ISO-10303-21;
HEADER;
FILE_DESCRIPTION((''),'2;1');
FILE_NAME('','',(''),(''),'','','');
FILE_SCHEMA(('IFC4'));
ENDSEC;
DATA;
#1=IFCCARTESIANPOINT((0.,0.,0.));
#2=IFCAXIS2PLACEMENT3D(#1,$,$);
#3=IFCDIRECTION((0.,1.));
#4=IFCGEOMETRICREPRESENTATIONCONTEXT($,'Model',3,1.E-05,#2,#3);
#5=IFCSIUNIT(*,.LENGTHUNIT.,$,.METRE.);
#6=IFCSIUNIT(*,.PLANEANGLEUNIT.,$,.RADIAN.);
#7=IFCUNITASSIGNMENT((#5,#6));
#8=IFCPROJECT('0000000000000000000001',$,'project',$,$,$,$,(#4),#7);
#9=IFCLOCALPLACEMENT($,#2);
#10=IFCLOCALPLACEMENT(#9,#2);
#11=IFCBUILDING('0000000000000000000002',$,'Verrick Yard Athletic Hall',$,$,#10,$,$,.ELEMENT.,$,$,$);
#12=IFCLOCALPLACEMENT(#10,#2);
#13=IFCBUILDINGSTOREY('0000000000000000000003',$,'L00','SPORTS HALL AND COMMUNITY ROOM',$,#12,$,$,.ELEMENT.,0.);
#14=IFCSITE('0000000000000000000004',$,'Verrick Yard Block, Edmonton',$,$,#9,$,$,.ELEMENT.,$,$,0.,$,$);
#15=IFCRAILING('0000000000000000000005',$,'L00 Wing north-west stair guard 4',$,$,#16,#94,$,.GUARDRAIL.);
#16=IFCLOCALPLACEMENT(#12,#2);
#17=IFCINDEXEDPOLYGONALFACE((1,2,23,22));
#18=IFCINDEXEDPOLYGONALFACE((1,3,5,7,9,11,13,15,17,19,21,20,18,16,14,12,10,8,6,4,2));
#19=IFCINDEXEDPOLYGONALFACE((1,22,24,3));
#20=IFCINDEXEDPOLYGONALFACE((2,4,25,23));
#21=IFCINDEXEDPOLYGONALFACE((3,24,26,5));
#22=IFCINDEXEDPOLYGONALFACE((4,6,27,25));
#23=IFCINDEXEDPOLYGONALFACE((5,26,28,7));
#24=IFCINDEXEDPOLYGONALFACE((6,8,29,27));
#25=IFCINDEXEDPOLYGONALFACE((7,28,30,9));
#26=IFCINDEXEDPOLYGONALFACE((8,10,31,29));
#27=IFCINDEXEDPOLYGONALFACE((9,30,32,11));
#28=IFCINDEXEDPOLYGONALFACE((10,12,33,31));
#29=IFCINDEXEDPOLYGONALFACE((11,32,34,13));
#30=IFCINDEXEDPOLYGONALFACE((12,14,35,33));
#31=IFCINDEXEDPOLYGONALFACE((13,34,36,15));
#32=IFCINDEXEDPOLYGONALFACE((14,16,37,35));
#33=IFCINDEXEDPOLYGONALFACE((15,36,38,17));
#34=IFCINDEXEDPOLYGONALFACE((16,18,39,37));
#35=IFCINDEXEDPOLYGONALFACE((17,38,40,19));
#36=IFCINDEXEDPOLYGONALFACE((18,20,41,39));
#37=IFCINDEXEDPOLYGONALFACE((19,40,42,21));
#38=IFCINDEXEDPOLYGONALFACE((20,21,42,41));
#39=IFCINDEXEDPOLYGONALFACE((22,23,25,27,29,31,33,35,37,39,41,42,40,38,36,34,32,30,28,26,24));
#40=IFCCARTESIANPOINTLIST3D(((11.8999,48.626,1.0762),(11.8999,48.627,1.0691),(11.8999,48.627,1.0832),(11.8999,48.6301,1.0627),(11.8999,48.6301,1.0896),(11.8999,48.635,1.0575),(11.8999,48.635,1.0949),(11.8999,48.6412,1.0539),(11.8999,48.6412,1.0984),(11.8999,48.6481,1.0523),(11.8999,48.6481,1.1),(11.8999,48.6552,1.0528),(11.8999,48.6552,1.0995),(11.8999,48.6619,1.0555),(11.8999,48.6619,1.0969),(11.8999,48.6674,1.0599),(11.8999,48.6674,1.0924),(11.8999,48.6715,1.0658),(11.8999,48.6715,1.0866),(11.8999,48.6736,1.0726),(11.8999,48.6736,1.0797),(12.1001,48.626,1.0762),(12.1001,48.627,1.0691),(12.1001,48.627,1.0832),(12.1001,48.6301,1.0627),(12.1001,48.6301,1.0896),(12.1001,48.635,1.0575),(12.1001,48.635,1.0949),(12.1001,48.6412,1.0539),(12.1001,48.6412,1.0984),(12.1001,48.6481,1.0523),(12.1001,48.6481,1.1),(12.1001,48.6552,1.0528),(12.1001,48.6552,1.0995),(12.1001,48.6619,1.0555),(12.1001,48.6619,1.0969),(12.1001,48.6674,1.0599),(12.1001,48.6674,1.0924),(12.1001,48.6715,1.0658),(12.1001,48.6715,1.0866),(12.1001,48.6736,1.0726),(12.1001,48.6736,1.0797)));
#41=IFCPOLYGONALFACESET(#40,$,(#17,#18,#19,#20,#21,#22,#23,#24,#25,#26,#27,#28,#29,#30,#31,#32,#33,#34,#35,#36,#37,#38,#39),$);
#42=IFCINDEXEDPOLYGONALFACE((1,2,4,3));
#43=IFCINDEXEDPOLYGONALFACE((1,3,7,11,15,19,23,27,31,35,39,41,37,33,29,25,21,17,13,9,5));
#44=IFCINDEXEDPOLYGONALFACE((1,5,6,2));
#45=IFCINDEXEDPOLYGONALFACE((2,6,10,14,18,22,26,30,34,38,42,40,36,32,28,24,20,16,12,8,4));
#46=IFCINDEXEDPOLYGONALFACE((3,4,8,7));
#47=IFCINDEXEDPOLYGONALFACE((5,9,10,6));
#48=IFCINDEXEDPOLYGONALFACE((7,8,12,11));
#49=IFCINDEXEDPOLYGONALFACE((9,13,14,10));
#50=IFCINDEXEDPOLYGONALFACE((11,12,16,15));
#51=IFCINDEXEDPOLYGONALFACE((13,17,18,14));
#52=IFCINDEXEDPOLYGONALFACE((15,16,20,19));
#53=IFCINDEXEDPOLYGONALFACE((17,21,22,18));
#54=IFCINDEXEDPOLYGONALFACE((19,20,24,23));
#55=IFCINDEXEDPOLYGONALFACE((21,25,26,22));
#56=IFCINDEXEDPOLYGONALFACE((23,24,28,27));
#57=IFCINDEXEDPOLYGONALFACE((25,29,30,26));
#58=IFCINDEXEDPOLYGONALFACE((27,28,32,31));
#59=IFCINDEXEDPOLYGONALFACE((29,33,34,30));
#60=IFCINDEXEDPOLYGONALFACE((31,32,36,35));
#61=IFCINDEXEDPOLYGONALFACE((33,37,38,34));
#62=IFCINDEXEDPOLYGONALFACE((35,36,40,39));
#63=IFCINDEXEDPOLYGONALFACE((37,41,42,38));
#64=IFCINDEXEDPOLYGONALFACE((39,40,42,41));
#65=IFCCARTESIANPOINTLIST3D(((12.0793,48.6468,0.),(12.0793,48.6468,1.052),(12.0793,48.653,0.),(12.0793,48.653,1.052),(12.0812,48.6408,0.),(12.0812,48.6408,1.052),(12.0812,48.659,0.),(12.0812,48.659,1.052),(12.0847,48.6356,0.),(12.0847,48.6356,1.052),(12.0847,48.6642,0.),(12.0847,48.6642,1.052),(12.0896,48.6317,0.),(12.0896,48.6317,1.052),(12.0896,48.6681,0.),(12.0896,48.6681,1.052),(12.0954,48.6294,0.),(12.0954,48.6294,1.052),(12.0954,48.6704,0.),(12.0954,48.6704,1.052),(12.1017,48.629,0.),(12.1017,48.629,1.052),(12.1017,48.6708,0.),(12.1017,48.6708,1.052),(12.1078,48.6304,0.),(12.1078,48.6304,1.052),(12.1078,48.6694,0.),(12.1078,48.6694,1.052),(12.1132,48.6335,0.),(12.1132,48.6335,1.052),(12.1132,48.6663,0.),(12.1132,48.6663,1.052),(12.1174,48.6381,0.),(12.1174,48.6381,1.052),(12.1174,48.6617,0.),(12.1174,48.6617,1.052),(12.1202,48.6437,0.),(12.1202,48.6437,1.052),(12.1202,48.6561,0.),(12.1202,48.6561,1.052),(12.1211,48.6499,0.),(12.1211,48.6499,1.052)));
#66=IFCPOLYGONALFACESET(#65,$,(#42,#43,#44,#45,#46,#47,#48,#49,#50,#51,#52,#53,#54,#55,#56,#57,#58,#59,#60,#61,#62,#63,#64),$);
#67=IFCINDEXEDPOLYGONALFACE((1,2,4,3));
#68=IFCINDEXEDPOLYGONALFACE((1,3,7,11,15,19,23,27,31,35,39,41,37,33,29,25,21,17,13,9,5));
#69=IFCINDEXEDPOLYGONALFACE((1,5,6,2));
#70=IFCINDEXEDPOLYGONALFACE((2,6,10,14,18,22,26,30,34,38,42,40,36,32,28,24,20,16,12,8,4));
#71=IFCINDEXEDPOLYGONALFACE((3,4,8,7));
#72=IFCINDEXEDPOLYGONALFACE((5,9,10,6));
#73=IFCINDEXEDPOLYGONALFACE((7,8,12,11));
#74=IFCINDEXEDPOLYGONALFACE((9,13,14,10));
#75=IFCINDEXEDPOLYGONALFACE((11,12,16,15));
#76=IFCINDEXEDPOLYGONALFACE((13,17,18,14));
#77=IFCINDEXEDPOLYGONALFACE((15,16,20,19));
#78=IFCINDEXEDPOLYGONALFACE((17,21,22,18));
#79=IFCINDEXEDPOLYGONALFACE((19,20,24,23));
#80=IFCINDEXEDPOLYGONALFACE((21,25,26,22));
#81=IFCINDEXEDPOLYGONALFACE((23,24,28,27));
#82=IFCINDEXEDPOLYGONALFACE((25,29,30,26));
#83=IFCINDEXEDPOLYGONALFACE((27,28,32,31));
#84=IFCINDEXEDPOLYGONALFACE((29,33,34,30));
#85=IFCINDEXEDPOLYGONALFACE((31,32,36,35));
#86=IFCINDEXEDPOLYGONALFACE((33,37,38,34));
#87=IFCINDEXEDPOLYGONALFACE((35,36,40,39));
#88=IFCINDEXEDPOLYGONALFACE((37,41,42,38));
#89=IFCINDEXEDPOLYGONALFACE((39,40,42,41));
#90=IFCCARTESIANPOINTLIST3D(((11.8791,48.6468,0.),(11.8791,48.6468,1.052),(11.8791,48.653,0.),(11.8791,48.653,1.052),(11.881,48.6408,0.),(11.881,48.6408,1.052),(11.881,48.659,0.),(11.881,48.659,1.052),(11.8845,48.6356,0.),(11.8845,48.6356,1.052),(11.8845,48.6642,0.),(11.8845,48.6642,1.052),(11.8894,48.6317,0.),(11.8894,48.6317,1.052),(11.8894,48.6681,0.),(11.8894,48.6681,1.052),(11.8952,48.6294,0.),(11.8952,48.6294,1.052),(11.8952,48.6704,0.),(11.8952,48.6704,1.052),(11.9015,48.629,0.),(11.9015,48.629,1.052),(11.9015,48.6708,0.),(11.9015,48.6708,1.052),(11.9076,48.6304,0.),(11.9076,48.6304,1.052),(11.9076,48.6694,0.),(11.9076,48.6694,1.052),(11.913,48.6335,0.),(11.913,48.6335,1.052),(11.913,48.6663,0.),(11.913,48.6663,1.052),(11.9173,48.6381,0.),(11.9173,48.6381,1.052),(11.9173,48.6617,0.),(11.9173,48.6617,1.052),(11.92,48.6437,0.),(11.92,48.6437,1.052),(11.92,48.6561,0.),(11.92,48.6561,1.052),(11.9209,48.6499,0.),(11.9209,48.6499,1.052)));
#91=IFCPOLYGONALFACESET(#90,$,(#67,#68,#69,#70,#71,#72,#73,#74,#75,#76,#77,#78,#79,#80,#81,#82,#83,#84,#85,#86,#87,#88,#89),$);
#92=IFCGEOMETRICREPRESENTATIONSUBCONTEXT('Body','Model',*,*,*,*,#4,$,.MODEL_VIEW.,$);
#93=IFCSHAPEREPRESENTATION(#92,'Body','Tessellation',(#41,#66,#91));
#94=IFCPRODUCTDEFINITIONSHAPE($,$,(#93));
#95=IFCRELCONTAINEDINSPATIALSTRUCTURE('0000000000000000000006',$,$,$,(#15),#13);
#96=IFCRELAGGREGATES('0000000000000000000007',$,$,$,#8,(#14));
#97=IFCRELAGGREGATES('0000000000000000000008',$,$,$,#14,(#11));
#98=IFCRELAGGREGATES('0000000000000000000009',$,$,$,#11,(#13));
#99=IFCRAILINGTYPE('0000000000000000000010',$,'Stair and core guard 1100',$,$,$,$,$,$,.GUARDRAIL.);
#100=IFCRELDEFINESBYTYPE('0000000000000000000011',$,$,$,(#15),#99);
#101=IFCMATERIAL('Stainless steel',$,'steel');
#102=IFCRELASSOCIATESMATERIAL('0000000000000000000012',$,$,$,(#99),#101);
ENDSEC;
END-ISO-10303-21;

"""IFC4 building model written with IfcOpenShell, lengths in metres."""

from ifc_helpers import new_model, si_unit, direction, frame, origin, origin_2d, place, context, subcontext, project, spatial, circle, extrude, material, type_object, element, save


model = new_model("IFC4")

# Units and contexts
model_context = context("Model", 3, precision=1e-05, world=origin(), true_north=direction((0.0, 1.0)))
body_context = subcontext(model_context, "Body", "Model", "MODEL_VIEW")
ifc_project = project(units=[si_unit("LENGTHUNIT", "METRE"), si_unit("PLANEANGLEUNIT", "RADIAN")], contexts=[model_context])

# Site, building, storey
site_placement = place(None, origin())
site = spatial("IfcSite", under=ifc_project, at=site_placement, Name="Verrick Yard Block, Edmonton", CompositionType="ELEMENT", RefElevation=0.0)
building_placement = place(site_placement, origin())
building = spatial("IfcBuilding", under=site, at=building_placement, Name="Verrick Yard Athletic Hall", CompositionType="ELEMENT")
storey_placement = place(building_placement, origin())
storey = spatial("IfcBuildingStorey", under=building, at=storey_placement, Name="L00", Description="SPORTS HALL AND COMMUNITY ROOM", CompositionType="ELEMENT", Elevation=0.0)

# Railing
ifc_material_1 = material(Name="Stainless steel", Category="steel")
railing_type_1 = type_object("IfcRailingType", Name="Stair and core guard 1100", PredefinedType="GUARDRAIL", material=ifc_material_1)
railing_1_placement = place(storey_placement, frame((12.1001, 48.6499, 0.0)))
element("IfcRailing", 1, at=railing_1_placement, inside=storey, type_object=railing_type_1, Name="L00 Wing north-west stair guard 4", PredefinedType="GUARDRAIL", context=body_context, shape_type="SweptSolid", body=[
    extrude(circle(Radius=0.0239, at=origin_2d()), frame((0.0, 0.0, 1.0762), z_axis=(-1.0, 0.0, 0.0), x_axis=(0.0, -1.0, 0.0)), (0.0, 0.0, 1.0), 0.2002),
    extrude(circle(Radius=0.021, at=origin_2d()), origin(), (0.0, 0.0, 1.0), 1.052),
    extrude(circle(Radius=0.021, at=origin_2d()), frame((-0.2002, 0.0, 0.0)), (0.0, 0.0, 1.0), 1.052),
])

save(model, "model.ifc")
